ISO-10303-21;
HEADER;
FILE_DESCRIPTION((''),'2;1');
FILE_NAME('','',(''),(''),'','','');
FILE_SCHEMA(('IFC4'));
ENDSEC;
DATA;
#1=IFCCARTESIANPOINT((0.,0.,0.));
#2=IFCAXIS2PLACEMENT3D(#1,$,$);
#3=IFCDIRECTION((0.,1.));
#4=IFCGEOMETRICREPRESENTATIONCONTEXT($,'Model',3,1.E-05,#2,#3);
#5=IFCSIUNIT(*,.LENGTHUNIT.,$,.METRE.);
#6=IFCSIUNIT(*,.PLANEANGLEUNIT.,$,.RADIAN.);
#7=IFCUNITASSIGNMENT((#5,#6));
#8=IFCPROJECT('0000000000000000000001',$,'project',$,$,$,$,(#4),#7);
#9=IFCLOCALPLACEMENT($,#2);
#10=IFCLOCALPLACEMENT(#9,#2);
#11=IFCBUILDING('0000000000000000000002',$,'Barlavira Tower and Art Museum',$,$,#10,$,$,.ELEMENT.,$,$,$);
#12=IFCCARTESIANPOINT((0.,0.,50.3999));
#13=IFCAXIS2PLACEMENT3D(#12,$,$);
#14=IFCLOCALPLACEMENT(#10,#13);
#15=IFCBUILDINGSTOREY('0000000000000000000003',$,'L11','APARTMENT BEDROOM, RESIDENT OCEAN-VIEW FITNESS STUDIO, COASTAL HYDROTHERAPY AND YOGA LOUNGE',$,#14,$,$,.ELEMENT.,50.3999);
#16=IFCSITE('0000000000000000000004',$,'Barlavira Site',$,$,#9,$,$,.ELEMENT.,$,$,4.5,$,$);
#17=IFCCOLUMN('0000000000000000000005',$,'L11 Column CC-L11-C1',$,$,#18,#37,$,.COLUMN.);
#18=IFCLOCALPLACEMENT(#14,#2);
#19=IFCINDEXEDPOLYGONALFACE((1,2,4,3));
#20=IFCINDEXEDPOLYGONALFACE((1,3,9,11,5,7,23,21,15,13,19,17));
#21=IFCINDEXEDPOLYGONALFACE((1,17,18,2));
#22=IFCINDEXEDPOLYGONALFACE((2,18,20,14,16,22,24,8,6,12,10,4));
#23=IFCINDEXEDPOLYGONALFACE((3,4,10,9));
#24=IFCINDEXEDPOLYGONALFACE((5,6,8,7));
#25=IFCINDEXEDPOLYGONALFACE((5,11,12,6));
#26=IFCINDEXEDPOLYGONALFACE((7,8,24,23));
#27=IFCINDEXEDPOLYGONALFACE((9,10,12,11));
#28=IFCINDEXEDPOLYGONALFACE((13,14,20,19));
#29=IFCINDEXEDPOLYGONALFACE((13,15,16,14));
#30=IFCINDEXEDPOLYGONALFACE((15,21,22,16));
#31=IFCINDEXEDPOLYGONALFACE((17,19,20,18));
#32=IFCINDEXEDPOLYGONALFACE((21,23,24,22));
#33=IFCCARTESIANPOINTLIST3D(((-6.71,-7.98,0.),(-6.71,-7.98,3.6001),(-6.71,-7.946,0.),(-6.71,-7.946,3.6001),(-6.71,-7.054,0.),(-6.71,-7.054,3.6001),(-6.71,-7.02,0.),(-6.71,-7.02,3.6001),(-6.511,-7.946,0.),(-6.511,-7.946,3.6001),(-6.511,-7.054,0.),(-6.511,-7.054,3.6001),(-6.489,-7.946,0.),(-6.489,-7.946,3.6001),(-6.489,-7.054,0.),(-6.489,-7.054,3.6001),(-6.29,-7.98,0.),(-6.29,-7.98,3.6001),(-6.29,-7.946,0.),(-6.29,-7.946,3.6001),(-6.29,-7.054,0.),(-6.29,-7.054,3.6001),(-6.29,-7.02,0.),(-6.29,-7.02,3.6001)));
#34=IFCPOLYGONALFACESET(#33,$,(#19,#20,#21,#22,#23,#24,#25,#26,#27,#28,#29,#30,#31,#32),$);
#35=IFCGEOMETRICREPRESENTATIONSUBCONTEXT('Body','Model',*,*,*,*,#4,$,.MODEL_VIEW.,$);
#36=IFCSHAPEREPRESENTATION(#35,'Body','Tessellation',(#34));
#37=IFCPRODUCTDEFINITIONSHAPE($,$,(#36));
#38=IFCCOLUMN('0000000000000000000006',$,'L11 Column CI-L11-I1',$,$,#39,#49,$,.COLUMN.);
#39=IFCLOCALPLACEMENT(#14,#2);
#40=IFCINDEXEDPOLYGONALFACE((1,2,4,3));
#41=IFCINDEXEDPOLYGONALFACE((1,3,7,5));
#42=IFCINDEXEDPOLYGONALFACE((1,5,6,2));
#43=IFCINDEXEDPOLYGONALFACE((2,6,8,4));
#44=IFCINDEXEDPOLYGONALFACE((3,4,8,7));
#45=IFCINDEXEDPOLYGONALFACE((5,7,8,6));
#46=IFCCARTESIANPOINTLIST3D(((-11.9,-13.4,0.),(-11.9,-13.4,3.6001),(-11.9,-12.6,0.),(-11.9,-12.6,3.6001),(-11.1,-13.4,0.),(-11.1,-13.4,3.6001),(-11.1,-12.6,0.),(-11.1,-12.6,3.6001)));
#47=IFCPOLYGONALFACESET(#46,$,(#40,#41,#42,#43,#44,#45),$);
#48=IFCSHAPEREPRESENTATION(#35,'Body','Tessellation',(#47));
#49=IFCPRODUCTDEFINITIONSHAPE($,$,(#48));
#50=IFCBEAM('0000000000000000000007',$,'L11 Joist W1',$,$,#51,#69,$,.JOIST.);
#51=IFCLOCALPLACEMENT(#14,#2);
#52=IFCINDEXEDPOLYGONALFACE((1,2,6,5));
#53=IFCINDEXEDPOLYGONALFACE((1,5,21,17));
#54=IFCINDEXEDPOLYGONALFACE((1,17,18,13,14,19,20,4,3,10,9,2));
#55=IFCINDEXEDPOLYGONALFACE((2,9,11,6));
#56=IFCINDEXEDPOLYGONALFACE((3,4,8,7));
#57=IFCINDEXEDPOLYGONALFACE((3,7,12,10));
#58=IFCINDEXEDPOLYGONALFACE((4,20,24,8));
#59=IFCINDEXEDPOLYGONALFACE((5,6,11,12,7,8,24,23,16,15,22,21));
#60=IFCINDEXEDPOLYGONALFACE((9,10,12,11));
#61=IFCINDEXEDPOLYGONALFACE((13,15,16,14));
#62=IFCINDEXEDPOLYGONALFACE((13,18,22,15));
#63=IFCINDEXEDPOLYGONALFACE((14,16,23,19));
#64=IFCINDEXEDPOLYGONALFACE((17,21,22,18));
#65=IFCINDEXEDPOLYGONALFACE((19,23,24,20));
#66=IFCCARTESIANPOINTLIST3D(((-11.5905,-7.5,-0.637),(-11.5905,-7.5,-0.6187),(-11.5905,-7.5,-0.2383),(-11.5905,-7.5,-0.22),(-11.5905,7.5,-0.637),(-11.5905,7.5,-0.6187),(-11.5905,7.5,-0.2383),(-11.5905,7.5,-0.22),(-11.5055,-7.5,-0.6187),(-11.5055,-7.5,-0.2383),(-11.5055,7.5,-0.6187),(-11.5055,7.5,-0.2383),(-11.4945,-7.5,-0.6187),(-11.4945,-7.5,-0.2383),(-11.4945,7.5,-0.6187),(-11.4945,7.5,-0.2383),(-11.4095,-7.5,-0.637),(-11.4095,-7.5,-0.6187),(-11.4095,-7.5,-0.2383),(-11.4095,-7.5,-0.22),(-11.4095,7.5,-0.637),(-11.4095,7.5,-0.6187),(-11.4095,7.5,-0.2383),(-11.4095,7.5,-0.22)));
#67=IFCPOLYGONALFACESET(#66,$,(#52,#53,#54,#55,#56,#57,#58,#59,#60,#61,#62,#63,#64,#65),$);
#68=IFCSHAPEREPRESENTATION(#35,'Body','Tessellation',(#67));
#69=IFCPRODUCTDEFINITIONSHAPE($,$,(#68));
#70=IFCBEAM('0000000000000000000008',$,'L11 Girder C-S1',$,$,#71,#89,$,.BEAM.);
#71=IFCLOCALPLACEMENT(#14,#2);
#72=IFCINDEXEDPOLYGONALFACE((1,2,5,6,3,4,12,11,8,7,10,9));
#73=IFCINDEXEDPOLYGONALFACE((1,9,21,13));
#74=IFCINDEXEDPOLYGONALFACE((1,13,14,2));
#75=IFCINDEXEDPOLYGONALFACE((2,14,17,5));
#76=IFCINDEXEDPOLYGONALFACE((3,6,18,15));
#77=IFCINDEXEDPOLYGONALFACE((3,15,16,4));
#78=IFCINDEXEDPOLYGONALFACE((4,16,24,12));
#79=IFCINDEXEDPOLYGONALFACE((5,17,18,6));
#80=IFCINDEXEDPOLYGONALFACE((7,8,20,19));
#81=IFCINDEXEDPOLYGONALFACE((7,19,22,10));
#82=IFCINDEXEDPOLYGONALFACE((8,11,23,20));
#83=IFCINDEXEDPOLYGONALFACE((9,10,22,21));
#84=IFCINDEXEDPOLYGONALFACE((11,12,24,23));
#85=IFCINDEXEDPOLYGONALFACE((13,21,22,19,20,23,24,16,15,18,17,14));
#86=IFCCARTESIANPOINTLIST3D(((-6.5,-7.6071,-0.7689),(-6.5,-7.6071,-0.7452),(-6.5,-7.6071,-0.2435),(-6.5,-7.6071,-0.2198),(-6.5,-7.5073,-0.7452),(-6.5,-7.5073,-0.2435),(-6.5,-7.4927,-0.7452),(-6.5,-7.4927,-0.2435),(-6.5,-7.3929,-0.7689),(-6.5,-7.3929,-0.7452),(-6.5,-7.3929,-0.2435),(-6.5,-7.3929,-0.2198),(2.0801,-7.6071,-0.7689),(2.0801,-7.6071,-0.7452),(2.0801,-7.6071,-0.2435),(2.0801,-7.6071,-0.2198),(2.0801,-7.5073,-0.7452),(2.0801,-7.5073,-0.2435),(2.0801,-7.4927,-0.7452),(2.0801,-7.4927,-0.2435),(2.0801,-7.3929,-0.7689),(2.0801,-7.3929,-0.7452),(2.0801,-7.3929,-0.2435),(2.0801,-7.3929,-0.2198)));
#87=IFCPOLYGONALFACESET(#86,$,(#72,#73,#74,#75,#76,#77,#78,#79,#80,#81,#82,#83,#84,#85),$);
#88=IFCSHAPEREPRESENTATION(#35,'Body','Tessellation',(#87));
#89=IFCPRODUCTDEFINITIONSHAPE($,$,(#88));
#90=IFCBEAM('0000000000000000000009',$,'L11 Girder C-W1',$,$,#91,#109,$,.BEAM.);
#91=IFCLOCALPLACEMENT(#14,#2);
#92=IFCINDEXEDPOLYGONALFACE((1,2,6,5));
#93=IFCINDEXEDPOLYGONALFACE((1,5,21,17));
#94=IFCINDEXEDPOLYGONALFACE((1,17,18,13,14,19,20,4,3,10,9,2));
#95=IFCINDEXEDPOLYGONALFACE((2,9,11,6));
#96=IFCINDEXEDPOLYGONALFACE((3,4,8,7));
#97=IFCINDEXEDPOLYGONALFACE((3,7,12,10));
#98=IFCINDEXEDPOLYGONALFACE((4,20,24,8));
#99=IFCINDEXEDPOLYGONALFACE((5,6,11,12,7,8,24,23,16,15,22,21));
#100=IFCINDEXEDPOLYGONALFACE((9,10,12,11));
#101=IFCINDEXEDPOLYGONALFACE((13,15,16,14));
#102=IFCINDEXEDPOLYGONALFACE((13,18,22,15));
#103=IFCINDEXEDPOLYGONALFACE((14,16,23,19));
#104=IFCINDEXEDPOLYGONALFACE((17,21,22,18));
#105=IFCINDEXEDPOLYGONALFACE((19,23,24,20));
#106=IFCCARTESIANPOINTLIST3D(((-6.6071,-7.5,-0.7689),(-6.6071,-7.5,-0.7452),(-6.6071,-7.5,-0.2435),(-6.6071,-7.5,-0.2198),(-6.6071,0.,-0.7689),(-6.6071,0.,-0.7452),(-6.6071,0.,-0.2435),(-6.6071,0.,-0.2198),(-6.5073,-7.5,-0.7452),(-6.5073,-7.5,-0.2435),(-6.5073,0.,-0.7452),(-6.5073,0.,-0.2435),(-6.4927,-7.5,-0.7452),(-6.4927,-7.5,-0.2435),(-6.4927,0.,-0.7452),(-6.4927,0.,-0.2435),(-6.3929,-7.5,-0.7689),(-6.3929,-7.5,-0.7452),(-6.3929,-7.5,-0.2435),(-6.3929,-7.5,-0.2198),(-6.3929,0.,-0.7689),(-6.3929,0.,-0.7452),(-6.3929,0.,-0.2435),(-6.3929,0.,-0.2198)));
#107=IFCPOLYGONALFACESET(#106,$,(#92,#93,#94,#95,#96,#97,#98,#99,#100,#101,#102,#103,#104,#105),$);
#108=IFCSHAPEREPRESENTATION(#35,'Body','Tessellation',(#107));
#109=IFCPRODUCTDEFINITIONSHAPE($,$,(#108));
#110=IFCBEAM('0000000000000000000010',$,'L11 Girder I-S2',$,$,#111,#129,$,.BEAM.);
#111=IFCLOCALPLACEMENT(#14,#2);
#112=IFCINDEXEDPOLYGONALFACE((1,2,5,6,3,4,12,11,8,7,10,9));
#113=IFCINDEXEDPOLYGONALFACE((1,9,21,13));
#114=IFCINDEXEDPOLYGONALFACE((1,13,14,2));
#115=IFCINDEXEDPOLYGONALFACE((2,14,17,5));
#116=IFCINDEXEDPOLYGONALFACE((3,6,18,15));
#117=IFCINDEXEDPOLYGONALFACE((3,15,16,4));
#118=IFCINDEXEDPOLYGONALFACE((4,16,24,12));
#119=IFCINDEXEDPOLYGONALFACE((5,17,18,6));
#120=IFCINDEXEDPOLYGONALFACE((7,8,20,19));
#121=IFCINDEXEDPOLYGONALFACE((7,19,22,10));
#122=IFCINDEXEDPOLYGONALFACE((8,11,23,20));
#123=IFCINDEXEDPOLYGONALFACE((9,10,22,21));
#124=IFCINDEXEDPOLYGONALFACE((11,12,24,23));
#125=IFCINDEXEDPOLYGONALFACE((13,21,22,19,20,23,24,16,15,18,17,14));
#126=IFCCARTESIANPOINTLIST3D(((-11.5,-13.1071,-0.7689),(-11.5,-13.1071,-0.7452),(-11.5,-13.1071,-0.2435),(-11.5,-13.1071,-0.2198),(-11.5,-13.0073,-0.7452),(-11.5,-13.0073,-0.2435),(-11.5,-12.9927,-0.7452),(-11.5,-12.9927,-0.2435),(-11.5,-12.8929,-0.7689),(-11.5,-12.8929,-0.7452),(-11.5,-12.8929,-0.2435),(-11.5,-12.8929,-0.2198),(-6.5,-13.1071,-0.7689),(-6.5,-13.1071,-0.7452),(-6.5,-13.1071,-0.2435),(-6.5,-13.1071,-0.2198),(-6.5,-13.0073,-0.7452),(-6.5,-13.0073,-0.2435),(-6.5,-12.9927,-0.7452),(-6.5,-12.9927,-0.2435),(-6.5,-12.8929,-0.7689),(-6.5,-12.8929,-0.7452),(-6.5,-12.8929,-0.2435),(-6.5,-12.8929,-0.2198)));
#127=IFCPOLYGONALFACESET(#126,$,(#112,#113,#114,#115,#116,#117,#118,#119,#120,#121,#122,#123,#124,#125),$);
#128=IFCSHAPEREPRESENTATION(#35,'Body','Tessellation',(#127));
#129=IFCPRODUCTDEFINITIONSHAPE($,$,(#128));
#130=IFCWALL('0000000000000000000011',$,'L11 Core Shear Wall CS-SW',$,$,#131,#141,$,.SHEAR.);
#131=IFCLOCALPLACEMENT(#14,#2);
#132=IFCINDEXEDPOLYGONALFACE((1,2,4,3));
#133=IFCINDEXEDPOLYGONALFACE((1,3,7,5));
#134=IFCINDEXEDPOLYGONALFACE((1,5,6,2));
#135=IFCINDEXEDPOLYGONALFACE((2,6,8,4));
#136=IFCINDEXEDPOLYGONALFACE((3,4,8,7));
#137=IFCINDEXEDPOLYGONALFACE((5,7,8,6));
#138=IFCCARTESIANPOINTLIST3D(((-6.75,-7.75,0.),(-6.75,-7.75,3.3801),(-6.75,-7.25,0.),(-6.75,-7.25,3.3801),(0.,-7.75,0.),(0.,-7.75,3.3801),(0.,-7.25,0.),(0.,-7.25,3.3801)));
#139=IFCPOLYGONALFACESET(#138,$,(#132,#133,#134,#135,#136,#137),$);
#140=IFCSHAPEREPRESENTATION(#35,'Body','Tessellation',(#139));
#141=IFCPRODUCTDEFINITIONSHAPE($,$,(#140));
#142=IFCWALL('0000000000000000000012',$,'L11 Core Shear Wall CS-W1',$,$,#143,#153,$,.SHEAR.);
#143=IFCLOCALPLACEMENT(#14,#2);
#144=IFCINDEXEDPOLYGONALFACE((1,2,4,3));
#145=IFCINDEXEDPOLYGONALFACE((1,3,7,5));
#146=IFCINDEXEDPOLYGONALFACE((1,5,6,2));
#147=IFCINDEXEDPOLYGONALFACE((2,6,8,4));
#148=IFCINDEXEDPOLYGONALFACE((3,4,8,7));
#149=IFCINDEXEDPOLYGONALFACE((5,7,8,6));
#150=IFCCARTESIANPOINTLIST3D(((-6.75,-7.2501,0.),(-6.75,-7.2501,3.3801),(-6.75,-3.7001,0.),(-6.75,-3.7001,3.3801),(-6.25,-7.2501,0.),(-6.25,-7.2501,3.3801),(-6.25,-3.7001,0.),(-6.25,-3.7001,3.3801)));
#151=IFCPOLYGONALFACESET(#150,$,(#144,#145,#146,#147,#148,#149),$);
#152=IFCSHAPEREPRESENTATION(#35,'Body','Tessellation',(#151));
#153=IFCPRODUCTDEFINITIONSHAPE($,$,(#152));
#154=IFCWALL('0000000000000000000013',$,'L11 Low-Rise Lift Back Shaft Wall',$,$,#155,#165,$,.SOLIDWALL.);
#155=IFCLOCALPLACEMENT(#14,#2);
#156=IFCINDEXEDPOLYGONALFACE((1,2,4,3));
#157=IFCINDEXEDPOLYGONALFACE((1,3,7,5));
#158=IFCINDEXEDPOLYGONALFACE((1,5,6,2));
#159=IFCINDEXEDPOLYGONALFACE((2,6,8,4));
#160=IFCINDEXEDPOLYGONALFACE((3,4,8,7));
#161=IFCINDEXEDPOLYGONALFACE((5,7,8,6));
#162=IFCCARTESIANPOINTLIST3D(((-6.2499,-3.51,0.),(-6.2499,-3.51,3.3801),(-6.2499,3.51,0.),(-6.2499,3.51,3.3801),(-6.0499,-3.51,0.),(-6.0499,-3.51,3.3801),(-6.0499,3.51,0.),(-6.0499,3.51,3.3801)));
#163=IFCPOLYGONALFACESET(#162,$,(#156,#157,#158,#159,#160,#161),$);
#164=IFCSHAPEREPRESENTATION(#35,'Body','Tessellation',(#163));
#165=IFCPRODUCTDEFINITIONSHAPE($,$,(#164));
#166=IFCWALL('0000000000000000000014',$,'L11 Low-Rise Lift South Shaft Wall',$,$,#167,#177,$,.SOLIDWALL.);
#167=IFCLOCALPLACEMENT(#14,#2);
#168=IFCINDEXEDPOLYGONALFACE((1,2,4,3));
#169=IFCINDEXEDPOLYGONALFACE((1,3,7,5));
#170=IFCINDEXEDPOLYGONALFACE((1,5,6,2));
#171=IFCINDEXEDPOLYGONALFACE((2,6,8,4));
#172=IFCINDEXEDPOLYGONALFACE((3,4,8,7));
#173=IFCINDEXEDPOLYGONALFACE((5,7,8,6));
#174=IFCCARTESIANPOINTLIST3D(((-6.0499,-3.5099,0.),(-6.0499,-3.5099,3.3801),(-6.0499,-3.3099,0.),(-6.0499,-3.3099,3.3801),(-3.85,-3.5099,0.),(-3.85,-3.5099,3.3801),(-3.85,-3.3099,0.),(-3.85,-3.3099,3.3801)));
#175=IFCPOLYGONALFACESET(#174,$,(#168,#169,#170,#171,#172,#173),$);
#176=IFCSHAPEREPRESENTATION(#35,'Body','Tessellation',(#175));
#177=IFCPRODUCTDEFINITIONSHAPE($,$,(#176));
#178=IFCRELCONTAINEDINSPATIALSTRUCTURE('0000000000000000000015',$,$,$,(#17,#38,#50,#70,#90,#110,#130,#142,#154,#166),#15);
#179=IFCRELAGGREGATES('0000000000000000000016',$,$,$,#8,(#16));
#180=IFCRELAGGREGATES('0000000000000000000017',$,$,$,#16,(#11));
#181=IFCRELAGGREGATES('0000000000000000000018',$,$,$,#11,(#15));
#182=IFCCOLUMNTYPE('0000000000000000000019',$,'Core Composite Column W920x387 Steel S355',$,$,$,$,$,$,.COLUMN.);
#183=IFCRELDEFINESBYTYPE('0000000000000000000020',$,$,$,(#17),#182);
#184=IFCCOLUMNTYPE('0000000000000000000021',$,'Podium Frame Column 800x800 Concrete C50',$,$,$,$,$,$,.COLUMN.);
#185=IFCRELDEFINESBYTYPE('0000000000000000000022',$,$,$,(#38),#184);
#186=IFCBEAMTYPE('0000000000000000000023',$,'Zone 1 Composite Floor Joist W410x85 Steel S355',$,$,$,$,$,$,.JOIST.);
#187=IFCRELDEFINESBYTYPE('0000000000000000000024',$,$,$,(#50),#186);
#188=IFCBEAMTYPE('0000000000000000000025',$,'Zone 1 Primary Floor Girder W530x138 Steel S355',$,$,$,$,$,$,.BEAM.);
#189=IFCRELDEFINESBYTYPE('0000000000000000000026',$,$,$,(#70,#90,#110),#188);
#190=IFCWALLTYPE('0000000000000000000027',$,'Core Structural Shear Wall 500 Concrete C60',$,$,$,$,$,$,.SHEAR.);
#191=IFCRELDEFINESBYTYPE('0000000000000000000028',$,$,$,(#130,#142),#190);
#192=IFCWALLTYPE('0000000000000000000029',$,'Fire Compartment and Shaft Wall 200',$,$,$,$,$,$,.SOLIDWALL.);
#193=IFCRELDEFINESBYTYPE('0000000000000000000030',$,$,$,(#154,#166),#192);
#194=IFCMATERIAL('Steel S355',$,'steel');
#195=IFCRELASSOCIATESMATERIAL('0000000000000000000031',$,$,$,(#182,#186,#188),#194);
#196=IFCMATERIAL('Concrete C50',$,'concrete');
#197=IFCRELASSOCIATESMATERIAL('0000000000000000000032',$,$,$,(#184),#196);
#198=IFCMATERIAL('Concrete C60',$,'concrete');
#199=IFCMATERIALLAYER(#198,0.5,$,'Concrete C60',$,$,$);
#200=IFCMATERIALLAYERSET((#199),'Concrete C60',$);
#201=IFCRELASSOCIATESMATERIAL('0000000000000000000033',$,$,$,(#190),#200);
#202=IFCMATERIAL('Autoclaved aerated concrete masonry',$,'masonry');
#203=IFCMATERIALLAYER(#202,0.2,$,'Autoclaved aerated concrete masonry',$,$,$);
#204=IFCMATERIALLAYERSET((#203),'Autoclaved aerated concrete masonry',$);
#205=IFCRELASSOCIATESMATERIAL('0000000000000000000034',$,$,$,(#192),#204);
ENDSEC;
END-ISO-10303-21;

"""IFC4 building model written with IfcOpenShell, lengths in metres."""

from ifc_helpers import new_model, si_unit, direction, frame, frame_2d, origin, origin_2d, place, context, subcontext, project, spatial, rectangle, i_section, extrude, material, layer, layer_set, material_profile, profile_set, type_object, element, save


model = new_model("IFC4")

# Units and contexts
model_context = context("Model", 3, precision=1e-05, world=origin(), true_north=direction((0.0, 1.0)))
body_context = subcontext(model_context, "Body", "Model", "MODEL_VIEW")
ifc_project = project(units=[si_unit("LENGTHUNIT", "METRE"), si_unit("PLANEANGLEUNIT", "RADIAN")], contexts=[model_context])

# Site, building, storey
site_placement = place(None, origin())
site = spatial("IfcSite", under=ifc_project, at=site_placement, Name="Barlavira Site", CompositionType="ELEMENT", RefElevation=4.5)
building_placement = place(site_placement, origin())
building = spatial("IfcBuilding", under=site, at=building_placement, Name="Barlavira Tower and Art Museum", CompositionType="ELEMENT")
storey_placement = place(building_placement, frame((0.0, 0.0, 50.3999)))
storey = spatial("IfcBuildingStorey", under=building, at=storey_placement, Name="L11", Description="APARTMENT BEDROOM, RESIDENT OCEAN-VIEW FITNESS STUDIO, COASTAL HYDROTHERAPY AND YOGA LOUNGE", CompositionType="ELEMENT", Elevation=50.3999)

# Columns
ifc_material_1 = material(Name="Steel S355", Category="steel")
ifc_material_profile_1 = material_profile(ifc_material_1, i_section(OverallWidth=0.4199, OverallDepth=0.96, WebThickness=0.022, FlangeThickness=0.0339, at=origin_2d()), Name="W920x387.0")
ifc_profile_set_1 = profile_set([ifc_material_profile_1], Name="Steel S355")
column_type_1 = type_object("IfcColumnType", Name="Core Composite Column W920x387 Steel S355", PredefinedType="COLUMN", material=ifc_profile_set_1)
column_1_placement = place(storey_placement, frame((-6.5, -7.5, 0.0), z_axis=(0.0, 0.0, 1.0), x_axis=(1.0, 0.0, 0.0)))
element("IfcColumn", 1, at=column_1_placement, inside=storey, type_object=column_type_1, Name="L11 Column CC-L11-C1", PredefinedType="COLUMN", context=body_context, shape_type="SweptSolid", body=[
    extrude(i_section(OverallWidth=0.4199, OverallDepth=0.96, WebThickness=0.022, FlangeThickness=0.0339, at=origin_2d()), origin(), (0.0, 0.0, 1.0), 3.6001),
])
ifc_material_2 = material(Name="Concrete C50", Category="concrete")
ifc_material_profile_2 = material_profile(ifc_material_2, rectangle(XDim=0.8, YDim=0.8, at=origin_2d()), Name="RC-COL 800x800")
ifc_profile_set_2 = profile_set([ifc_material_profile_2], Name="Concrete C50")
column_type_2 = type_object("IfcColumnType", Name="Podium Frame Column 800x800 Concrete C50", PredefinedType="COLUMN", material=ifc_profile_set_2)
column_2_placement = place(storey_placement, frame((-11.5, -13.0, 0.0), z_axis=(0.0, 0.0, 1.0), x_axis=(1.0, 0.0, 0.0)))
element("IfcColumn", 2, at=column_2_placement, inside=storey, type_object=column_type_2, Name="L11 Column CI-L11-I1", PredefinedType="COLUMN", context=body_context, shape_type="SweptSolid", body=[
    extrude(rectangle(XDim=0.8, YDim=0.8, at=origin_2d()), origin(), (0.0, 0.0, 1.0), 3.6001),
])

# Beams
ifc_material_profile_3 = material_profile(ifc_material_1, i_section(OverallWidth=0.1809, OverallDepth=0.417, WebThickness=0.011, FlangeThickness=0.0183, at=origin_2d()), Name="W410x85.0")
ifc_profile_set_3 = profile_set([ifc_material_profile_3], Name="Steel S355")
beam_type_1 = type_object("IfcBeamType", Name="Zone 1 Composite Floor Joist W410x85 Steel S355", PredefinedType="JOIST", material=ifc_profile_set_3)
beam_1_placement = place(storey_placement, frame((-11.5, -7.5, -0.4285), z_axis=(0.0, 1.0, 0.0), x_axis=(-1.0, 0.0, 0.0)))
element("IfcBeam", 3, at=beam_1_placement, inside=storey, type_object=beam_type_1, Name="L11 Joist W1", PredefinedType="JOIST", context=body_context, shape_type="SweptSolid", body=[
    extrude(i_section(OverallWidth=0.1809, OverallDepth=0.417, WebThickness=0.011, FlangeThickness=0.0183, at=origin_2d()), origin(), (0.0, 0.0, 1.0), 15.0),
])
ifc_material_profile_4 = material_profile(ifc_material_1, i_section(OverallWidth=0.2141, OverallDepth=0.5491, WebThickness=0.0146, FlangeThickness=0.0237, at=origin_2d()), Name="W530x138.0")
ifc_profile_set_4 = profile_set([ifc_material_profile_4], Name="Steel S355")
beam_type_2 = type_object("IfcBeamType", Name="Zone 1 Primary Floor Girder W530x138 Steel S355", PredefinedType="BEAM", material=ifc_profile_set_4)
beam_2_placement = place(storey_placement, frame((-6.5, -7.5, -0.4944), z_axis=(1.0, 0.0, 0.0), x_axis=(0.0, 1.0, 0.0)))
element("IfcBeam", 4, at=beam_2_placement, inside=storey, type_object=beam_type_2, Name="L11 Girder C-S1", PredefinedType="BEAM", context=body_context, shape_type="SweptSolid", body=[
    extrude(i_section(OverallWidth=0.2141, OverallDepth=0.5491, WebThickness=0.0146, FlangeThickness=0.0237, at=origin_2d()), origin(), (0.0, 0.0, 1.0), 8.5801),
])
beam_3_placement = place(storey_placement, frame((-6.5, -7.5, -0.4944), z_axis=(0.0, 1.0, 0.0), x_axis=(-1.0, 0.0, 0.0)))
element("IfcBeam", 5, at=beam_3_placement, inside=storey, type_object=beam_type_2, Name="L11 Girder C-W1", PredefinedType="BEAM", context=body_context, shape_type="SweptSolid", body=[
    extrude(i_section(OverallWidth=0.2141, OverallDepth=0.5491, WebThickness=0.0146, FlangeThickness=0.0237, at=origin_2d()), origin(), (0.0, 0.0, 1.0), 7.5),
])
beam_4_placement = place(storey_placement, frame((-11.5, -13.0, -0.4944), z_axis=(1.0, 0.0, 0.0), x_axis=(0.0, 1.0, 0.0)))
element("IfcBeam", 6, at=beam_4_placement, inside=storey, type_object=beam_type_2, Name="L11 Girder I-S2", PredefinedType="BEAM", context=body_context, shape_type="SweptSolid", body=[
    extrude(i_section(OverallWidth=0.2141, OverallDepth=0.5491, WebThickness=0.0146, FlangeThickness=0.0237, at=origin_2d()), origin(), (0.0, 0.0, 1.0), 5.0),
])

# Walls
ifc_material_3 = material(Name="Concrete C60", Category="concrete")
ifc_layer_1 = layer(ifc_material_3, 0.5, Name="Concrete C60")
ifc_layer_set_1 = layer_set([ifc_layer_1], Name="Concrete C60")
wall_type_1 = type_object("IfcWallType", Name="Core Structural Shear Wall 500 Concrete C60", PredefinedType="SHEAR", material=ifc_layer_set_1)
wall_1_placement = place(storey_placement, frame((-6.75, -7.5, 0.0), z_axis=(0.0, 0.0, 1.0), x_axis=(1.0, 0.0, 0.0)))
element("IfcWall", 7, at=wall_1_placement, inside=storey, type_object=wall_type_1, Name="L11 Core Shear Wall CS-SW", PredefinedType="SHEAR", context=body_context, shape_type="SweptSolid", body=[
    extrude(rectangle(XDim=6.75, YDim=0.5, at=frame_2d((3.375, 0.0))), origin(), (0.0, 0.0, 1.0), 3.3801),
])
wall_2_placement = place(storey_placement, frame((-6.5, -7.25, 0.0), z_axis=(0.0, 0.0, 1.0), x_axis=(0.0, 1.0, 0.0)))
element("IfcWall", 8, at=wall_2_placement, inside=storey, type_object=wall_type_1, Name="L11 Core Shear Wall CS-W1", PredefinedType="SHEAR", context=body_context, shape_type="SweptSolid", body=[
    extrude(rectangle(XDim=3.55, YDim=0.5, at=frame_2d((1.7749, 0.0))), origin(), (0.0, 0.0, 1.0), 3.3801),
])

# Shared definitions
ifc_material_4 = material(Name="Autoclaved aerated concrete masonry", Category="masonry")
ifc_layer_2 = layer(ifc_material_4, 0.2, Name="Autoclaved aerated concrete masonry")
ifc_layer_set_2 = layer_set([ifc_layer_2], Name="Autoclaved aerated concrete masonry")
wall_type_2 = type_object("IfcWallType", Name="Fire Compartment and Shaft Wall 200", PredefinedType="SOLIDWALL", material=ifc_layer_set_2)

# Walls
wall_3_placement = place(storey_placement, frame((-6.1499, -3.51, 0.0), z_axis=(0.0, 0.0, 1.0), x_axis=(0.0, 1.0, 0.0)))
element("IfcWall", 9, at=wall_3_placement, inside=storey, type_object=wall_type_2, Name="L11 Low-Rise Lift Back Shaft Wall", PredefinedType="SOLIDWALL", context=body_context, shape_type="SweptSolid", body=[
    extrude(rectangle(XDim=7.02, YDim=0.2, at=frame_2d((3.51, 0.0))), origin(), (0.0, 0.0, 1.0), 3.3801),
])
wall_4_placement = place(storey_placement, frame((-6.05, -3.4099, 0.0), z_axis=(0.0, 0.0, 1.0), x_axis=(1.0, 0.0, 0.0)))
element("IfcWall", 10, at=wall_4_placement, inside=storey, type_object=wall_type_2, Name="L11 Low-Rise Lift South Shaft Wall", PredefinedType="SOLIDWALL", context=body_context, shape_type="SweptSolid", body=[
    extrude(rectangle(XDim=2.2, YDim=0.2, at=frame_2d((1.1001, 0.0))), origin(), (0.0, 0.0, 1.0), 3.3801),
])

save(model, "model.ifc")
